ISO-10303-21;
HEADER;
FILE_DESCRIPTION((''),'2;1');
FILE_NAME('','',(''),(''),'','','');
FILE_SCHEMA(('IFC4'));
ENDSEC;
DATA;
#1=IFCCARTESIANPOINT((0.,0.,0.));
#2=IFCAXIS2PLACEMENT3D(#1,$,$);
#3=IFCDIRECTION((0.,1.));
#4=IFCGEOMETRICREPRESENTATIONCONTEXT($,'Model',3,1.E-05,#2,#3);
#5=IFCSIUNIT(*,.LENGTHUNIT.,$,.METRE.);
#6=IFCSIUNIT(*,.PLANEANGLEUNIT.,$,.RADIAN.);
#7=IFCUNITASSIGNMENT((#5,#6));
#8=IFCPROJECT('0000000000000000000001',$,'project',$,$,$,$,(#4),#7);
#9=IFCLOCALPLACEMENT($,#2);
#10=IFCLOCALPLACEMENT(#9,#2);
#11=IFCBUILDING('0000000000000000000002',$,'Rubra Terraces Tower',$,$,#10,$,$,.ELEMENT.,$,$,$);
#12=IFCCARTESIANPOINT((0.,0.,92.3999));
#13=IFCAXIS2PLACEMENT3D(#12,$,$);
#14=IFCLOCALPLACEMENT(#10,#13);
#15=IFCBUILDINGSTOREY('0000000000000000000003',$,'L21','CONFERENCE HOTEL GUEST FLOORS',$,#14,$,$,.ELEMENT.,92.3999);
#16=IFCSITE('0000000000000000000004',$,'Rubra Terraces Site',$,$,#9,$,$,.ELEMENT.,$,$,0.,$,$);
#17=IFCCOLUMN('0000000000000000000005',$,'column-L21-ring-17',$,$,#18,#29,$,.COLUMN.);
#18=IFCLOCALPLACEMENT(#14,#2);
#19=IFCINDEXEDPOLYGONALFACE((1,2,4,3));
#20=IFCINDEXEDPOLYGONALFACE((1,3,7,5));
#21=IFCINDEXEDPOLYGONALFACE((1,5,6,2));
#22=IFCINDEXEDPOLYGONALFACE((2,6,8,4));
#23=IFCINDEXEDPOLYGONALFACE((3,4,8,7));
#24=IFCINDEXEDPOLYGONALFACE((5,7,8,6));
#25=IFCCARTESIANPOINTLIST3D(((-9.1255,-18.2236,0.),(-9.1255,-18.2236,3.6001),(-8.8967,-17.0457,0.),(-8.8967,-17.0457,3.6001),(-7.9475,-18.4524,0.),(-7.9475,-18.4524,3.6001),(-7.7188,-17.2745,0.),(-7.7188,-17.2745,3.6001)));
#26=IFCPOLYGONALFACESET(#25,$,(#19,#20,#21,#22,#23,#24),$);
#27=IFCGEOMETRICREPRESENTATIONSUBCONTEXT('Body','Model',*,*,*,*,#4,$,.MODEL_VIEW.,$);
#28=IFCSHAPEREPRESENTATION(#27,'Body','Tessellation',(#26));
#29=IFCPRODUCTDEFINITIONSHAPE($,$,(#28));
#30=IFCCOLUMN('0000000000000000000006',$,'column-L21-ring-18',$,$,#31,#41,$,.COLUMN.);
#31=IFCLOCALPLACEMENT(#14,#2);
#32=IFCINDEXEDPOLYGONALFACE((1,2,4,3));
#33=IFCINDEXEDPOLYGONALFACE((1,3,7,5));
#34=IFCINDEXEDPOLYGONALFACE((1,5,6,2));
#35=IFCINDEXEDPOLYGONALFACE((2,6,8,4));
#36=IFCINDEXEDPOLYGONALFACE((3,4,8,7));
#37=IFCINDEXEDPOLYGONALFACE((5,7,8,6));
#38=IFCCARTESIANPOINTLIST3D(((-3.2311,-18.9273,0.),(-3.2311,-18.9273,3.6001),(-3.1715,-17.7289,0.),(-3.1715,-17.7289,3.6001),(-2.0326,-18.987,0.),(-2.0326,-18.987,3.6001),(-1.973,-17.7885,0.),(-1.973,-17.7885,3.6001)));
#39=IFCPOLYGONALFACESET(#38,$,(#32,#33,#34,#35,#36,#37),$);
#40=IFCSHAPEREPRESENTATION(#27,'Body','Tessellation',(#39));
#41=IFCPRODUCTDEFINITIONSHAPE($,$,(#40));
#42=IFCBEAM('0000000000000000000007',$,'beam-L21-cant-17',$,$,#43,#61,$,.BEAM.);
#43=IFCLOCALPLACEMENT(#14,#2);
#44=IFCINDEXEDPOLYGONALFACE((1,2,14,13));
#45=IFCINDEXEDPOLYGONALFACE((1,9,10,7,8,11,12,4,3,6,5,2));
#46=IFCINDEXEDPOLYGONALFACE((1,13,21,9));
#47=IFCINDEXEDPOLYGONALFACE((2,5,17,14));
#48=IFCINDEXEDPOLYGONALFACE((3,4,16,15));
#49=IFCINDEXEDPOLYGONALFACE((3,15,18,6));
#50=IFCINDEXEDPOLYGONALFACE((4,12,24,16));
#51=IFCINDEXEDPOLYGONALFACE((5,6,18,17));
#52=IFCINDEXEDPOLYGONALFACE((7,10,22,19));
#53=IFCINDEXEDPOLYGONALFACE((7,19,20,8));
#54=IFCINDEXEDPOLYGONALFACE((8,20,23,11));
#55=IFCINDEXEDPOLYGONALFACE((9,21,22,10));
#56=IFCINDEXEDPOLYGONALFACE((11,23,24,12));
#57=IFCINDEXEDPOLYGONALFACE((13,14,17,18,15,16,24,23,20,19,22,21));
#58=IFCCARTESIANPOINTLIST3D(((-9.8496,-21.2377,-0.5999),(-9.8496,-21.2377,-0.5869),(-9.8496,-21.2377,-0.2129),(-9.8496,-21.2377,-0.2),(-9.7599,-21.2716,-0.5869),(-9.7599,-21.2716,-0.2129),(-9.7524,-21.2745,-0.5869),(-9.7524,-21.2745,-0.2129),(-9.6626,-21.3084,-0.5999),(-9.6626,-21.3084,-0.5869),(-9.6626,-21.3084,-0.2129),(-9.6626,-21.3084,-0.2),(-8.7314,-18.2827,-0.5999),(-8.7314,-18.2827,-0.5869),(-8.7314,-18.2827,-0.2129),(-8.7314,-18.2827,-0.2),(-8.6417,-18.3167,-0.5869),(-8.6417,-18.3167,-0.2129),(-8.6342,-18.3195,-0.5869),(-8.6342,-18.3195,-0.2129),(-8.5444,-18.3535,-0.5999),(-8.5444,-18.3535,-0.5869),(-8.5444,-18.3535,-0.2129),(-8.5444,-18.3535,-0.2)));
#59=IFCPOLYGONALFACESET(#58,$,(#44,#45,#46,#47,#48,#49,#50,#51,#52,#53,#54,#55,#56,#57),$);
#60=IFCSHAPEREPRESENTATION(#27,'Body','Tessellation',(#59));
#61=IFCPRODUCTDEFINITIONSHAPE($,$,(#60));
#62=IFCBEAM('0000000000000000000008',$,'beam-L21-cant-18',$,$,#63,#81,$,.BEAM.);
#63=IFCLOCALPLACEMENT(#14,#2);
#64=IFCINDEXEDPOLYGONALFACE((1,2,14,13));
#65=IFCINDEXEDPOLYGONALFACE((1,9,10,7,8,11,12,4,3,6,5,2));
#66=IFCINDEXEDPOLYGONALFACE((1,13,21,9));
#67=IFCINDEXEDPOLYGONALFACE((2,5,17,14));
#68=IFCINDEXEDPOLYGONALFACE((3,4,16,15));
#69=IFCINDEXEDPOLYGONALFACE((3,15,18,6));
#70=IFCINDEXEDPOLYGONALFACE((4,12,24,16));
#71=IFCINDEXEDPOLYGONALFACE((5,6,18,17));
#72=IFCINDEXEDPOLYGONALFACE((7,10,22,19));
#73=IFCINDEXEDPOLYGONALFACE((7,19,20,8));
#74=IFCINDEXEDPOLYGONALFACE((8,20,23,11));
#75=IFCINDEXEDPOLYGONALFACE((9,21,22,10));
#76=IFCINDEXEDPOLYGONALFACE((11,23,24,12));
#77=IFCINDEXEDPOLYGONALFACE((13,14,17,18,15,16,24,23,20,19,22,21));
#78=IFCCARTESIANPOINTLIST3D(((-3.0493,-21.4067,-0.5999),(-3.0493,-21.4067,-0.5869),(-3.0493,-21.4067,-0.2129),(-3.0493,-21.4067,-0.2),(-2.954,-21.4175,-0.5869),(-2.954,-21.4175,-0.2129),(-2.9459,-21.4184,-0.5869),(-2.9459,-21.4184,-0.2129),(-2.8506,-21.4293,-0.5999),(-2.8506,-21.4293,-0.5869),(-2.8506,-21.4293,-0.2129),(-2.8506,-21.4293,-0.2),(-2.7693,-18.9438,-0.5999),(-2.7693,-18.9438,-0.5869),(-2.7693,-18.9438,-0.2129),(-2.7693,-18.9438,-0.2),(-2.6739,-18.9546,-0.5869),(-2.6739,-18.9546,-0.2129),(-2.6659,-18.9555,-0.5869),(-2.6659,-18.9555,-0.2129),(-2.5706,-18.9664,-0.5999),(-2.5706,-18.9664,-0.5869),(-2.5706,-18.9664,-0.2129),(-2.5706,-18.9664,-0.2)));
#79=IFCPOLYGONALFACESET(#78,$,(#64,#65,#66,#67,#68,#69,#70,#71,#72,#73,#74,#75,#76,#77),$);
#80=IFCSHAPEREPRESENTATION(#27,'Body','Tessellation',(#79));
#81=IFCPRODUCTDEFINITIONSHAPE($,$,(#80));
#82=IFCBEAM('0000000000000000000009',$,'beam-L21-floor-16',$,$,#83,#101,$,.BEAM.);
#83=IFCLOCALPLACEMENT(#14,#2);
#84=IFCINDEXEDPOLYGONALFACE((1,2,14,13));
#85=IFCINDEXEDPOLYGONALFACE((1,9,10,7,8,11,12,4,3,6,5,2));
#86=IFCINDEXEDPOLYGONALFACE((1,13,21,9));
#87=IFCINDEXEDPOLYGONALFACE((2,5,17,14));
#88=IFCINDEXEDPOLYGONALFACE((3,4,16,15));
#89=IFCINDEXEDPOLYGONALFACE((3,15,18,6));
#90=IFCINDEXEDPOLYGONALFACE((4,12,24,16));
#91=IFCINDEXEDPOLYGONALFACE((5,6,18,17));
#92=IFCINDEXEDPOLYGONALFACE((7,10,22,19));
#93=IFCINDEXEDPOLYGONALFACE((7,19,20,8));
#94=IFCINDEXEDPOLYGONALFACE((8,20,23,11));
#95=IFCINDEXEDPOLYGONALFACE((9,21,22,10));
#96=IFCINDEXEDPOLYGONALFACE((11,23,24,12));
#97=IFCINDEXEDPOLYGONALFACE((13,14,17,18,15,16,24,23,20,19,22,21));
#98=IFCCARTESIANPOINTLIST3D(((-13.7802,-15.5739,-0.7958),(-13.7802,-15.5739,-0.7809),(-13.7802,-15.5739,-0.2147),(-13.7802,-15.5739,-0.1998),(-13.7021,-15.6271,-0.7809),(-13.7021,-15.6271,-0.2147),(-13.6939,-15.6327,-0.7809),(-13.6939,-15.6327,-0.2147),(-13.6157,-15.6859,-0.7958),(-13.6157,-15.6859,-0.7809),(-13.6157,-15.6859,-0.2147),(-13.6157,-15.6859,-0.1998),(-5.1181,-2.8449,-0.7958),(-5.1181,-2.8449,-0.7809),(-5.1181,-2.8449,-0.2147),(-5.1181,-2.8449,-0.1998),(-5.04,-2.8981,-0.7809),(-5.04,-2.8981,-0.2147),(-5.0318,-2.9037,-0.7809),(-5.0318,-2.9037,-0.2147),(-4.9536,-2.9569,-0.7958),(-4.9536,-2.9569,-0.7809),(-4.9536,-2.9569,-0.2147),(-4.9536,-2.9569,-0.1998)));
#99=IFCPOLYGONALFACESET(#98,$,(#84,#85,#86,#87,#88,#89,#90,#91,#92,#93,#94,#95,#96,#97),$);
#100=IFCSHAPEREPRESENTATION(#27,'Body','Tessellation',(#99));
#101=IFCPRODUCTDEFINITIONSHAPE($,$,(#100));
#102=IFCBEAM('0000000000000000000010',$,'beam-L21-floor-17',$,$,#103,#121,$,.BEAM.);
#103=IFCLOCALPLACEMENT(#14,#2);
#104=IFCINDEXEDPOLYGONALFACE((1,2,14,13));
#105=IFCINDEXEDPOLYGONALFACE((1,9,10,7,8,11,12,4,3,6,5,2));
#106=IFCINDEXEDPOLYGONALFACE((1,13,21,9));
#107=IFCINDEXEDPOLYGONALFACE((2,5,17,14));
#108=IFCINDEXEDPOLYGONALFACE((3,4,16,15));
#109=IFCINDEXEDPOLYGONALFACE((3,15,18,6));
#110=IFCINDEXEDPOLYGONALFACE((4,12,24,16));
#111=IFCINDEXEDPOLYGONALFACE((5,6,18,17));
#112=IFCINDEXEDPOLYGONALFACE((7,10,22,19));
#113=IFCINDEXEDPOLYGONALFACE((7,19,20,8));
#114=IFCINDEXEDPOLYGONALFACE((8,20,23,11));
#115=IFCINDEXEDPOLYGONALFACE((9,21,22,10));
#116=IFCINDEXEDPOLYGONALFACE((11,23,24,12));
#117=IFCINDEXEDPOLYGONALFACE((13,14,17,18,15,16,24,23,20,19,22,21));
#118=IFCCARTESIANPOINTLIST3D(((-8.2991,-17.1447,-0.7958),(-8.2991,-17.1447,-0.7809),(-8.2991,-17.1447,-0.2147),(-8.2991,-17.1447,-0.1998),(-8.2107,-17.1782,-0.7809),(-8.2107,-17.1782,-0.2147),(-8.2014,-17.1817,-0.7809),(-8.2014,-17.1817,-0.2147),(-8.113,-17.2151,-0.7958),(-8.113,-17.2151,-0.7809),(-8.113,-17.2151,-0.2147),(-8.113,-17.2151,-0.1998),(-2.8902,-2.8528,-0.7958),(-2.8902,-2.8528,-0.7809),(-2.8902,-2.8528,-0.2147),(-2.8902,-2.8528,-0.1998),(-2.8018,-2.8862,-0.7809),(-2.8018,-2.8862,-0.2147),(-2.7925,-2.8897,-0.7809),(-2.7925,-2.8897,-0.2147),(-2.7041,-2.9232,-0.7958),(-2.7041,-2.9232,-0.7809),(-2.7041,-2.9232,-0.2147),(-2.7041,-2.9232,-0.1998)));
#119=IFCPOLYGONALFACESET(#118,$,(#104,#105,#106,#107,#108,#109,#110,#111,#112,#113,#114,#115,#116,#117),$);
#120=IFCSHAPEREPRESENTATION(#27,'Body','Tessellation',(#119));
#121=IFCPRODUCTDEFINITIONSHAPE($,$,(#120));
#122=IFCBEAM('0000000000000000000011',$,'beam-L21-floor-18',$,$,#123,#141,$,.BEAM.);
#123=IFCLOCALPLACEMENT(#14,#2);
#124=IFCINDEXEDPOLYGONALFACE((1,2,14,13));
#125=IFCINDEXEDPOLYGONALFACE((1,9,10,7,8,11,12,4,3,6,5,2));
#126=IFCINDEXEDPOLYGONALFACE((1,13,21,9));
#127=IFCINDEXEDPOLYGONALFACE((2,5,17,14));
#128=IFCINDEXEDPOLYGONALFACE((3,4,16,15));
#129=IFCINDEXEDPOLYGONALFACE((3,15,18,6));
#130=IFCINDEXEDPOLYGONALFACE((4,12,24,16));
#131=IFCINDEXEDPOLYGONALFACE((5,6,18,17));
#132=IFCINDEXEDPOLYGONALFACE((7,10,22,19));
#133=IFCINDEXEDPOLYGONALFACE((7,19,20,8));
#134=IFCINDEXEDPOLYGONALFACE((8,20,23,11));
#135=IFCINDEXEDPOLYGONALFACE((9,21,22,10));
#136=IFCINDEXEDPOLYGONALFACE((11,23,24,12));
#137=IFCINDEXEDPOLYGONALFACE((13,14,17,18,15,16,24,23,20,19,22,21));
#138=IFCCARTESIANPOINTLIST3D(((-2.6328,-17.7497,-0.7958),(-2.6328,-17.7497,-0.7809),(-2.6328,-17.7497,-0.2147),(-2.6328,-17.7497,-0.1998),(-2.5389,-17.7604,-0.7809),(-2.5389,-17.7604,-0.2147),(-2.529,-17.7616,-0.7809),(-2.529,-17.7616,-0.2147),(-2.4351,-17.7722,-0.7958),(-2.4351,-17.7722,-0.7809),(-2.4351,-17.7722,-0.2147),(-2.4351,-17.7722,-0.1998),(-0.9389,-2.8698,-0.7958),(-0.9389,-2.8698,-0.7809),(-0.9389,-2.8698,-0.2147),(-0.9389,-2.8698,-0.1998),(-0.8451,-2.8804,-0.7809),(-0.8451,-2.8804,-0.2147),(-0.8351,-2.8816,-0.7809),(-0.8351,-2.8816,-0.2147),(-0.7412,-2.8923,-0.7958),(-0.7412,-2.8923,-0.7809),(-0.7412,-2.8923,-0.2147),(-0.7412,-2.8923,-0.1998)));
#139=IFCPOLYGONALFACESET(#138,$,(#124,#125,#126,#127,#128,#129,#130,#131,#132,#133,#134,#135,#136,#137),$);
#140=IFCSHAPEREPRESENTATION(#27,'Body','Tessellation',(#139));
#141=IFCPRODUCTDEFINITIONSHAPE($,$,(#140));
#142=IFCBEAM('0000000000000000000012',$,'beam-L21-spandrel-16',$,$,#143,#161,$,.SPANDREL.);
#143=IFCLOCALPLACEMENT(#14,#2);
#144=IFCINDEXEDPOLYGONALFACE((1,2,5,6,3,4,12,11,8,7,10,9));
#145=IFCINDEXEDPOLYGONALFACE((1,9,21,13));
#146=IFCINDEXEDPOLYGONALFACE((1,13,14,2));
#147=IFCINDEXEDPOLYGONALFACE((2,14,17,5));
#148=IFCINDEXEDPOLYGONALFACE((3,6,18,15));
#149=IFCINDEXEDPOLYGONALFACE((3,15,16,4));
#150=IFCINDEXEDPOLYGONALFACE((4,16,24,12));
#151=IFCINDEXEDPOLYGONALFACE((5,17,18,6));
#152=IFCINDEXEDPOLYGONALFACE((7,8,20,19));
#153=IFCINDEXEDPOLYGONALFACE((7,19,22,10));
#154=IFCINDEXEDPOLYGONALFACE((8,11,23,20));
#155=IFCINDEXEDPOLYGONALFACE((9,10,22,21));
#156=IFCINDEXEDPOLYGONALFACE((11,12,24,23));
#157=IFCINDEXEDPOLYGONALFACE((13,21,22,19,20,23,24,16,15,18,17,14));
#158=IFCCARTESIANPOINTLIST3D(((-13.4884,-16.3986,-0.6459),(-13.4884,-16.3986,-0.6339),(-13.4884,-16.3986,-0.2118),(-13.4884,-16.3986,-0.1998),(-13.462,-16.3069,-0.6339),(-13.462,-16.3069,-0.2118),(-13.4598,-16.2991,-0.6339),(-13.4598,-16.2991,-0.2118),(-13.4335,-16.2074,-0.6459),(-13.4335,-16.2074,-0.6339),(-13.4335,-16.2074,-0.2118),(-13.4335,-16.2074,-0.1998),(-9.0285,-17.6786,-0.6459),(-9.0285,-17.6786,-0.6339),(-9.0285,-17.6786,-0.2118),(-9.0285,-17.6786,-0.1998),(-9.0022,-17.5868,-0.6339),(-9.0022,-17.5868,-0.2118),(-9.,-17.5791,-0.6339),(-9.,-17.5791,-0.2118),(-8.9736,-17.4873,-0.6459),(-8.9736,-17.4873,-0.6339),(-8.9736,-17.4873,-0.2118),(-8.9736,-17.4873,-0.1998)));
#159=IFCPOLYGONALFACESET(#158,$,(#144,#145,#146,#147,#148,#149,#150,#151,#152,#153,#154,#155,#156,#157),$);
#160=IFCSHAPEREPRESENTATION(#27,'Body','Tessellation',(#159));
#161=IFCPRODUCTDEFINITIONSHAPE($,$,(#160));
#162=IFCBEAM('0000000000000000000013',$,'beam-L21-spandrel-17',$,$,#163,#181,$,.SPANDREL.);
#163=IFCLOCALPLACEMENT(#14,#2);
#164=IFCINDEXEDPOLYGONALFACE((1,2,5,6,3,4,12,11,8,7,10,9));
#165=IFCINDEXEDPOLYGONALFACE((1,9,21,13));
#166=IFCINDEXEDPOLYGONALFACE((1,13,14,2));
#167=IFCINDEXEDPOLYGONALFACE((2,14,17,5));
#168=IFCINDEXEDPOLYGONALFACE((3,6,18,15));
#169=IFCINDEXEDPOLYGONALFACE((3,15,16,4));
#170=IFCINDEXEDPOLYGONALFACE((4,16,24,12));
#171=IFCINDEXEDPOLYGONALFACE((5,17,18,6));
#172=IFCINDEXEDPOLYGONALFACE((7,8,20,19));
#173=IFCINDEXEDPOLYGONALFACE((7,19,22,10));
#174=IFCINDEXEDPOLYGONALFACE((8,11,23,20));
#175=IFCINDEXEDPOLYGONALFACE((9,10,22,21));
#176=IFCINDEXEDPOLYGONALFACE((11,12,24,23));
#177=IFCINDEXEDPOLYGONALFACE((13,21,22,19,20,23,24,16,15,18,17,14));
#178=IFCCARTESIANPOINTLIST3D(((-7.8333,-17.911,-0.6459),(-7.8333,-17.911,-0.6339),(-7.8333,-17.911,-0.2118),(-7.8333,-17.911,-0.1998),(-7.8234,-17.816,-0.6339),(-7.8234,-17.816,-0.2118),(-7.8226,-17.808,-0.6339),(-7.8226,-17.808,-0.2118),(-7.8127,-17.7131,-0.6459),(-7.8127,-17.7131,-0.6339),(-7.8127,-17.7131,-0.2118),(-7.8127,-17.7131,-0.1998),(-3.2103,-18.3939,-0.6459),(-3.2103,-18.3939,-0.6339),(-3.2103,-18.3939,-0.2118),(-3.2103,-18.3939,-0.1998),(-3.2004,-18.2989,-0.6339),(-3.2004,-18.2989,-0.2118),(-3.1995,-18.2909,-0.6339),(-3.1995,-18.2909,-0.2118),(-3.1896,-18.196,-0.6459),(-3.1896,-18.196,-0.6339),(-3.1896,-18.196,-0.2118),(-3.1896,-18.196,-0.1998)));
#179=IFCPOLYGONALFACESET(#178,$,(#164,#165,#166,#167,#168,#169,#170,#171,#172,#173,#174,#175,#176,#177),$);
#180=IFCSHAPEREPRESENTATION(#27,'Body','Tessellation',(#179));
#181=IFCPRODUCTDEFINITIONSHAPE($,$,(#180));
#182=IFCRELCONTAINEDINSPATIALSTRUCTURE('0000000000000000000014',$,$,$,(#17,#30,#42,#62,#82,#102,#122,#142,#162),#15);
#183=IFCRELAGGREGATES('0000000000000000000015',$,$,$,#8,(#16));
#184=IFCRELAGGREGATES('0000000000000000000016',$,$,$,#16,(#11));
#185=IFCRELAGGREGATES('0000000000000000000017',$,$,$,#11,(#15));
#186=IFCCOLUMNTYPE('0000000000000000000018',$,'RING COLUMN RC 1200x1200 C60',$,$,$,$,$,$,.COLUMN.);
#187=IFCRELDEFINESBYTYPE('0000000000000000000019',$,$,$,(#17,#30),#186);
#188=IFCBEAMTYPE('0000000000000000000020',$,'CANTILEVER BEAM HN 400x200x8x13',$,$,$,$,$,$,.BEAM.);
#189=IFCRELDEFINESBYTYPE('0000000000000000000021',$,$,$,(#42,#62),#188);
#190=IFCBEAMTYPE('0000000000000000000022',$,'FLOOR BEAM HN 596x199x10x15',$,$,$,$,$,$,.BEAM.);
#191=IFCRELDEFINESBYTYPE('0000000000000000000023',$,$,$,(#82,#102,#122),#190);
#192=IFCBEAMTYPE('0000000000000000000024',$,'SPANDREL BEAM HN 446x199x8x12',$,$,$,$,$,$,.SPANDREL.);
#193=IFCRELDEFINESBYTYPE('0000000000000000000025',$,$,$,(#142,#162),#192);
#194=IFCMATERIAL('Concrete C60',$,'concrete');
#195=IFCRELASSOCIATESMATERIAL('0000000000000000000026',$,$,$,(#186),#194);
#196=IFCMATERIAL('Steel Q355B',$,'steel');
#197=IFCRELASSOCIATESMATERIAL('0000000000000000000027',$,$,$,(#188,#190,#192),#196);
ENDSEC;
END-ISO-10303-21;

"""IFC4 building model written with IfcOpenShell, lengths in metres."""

from ifc_helpers import new_model, si_unit, direction, frame, origin, origin_2d, place, context, subcontext, project, spatial, rectangle, i_section, extrude, material, material_profile, profile_set, type_object, element, save


model = new_model("IFC4")

# Units and contexts
model_context = context("Model", 3, precision=1e-05, world=origin(), true_north=direction((0.0, 1.0)))
body_context = subcontext(model_context, "Body", "Model", "MODEL_VIEW")
ifc_project = project(units=[si_unit("LENGTHUNIT", "METRE"), si_unit("PLANEANGLEUNIT", "RADIAN")], contexts=[model_context])

# Site, building, storey
site_placement = place(None, origin())
site = spatial("IfcSite", under=ifc_project, at=site_placement, Name="Rubra Terraces Site", CompositionType="ELEMENT", RefElevation=0.0)
building_placement = place(site_placement, origin())
building = spatial("IfcBuilding", under=site, at=building_placement, Name="Rubra Terraces Tower", CompositionType="ELEMENT")
storey_placement = place(building_placement, frame((0.0, 0.0, 92.3999)))
storey = spatial("IfcBuildingStorey", under=building, at=storey_placement, Name="L21", Description="CONFERENCE HOTEL GUEST FLOORS", CompositionType="ELEMENT", Elevation=92.3999)

# Columns
ifc_material_1 = material(Name="Concrete C60", Category="concrete")
ifc_material_profile_1 = material_profile(ifc_material_1, rectangle(XDim=1.2, YDim=1.2, at=origin_2d()), Name="RC 1200x1200")
ifc_profile_set_1 = profile_set([ifc_material_profile_1], Name="Concrete C60")
column_type = type_object("IfcColumnType", Name="RING COLUMN RC 1200x1200 C60", PredefinedType="COLUMN", material=ifc_profile_set_1)
for number, where, z_axis, x_axis, name in (
    (1, (-8.4221, -17.749, 0.0), (0.0, 0.0, 1.0), (0.981655, -0.190668, 0.0), "column-L21-ring-17"),
    (2, (-2.6021, -18.3579, 0.0), (0.0, 0.0, 1.0), (0.998764, -0.049699, 0.0), "column-L21-ring-18"),
):
    element("IfcColumn", number, at=place(storey_placement, frame(where, z_axis=z_axis, x_axis=x_axis)), inside=storey, type_object=column_type, Name=name, PredefinedType="COLUMN", context=body_context, shape_type="SweptSolid", body=[
        extrude(rectangle(XDim=1.2, YDim=1.2, at=origin_2d()), origin(), (0.0, 0.0, 1.0), 3.6001),
    ])

# Beams
ifc_material_2 = material(Name="Steel Q355B", Category="steel")
ifc_material_profile_2 = material_profile(ifc_material_2, i_section(OverallWidth=0.2, OverallDepth=0.3999, WebThickness=0.0081, FlangeThickness=0.0129, at=origin_2d()), Name="HN 400x200x8x13")
ifc_profile_set_2 = profile_set([ifc_material_profile_2], Name="Steel Q355B")
beam_type_1 = type_object("IfcBeamType", Name="CANTILEVER BEAM HN 400x200x8x13", PredefinedType="BEAM", material=ifc_profile_set_2)
beam_1_placement = place(storey_placement, frame((-8.6379, -18.3181, -0.3999), z_axis=(-0.353925, -0.935274, 0.0), x_axis=(0.935274, -0.353925, 0.0)))
element("IfcBeam", 3, at=beam_1_placement, inside=storey, type_object=beam_type_1, Name="beam-L21-cant-17", PredefinedType="BEAM", context=body_context, shape_type="SweptSolid", body=[
    extrude(i_section(OverallWidth=0.2, OverallDepth=0.3999, WebThickness=0.0081, FlangeThickness=0.0129, at=origin_2d()), origin(), (0.0, 0.0, 1.0), 3.1594),
])
beam_2_placement = place(storey_placement, frame((-2.6699, -18.9551, -0.3999), z_axis=(-0.112972, -0.993598, 0.0), x_axis=(0.993598, -0.112972, 0.0)))
element("IfcBeam", 4, at=beam_2_placement, inside=storey, type_object=beam_type_1, Name="beam-L21-cant-18", PredefinedType="BEAM", context=body_context, shape_type="SweptSolid", body=[
    extrude(i_section(OverallWidth=0.2, OverallDepth=0.3999, WebThickness=0.0081, FlangeThickness=0.0129, at=origin_2d()), origin(), (0.0, 0.0, 1.0), 2.4788),
])
ifc_material_profile_3 = material_profile(ifc_material_2, i_section(OverallWidth=0.199, OverallDepth=0.5959, WebThickness=0.01, FlangeThickness=0.0149, at=origin_2d()), Name="HN 596x199x10x15")
ifc_profile_set_3 = profile_set([ifc_material_profile_3], Name="Steel Q355B")
beam_type_2 = type_object("IfcBeamType", Name="FLOOR BEAM HN 596x199x10x15", PredefinedType="BEAM", material=ifc_profile_set_3)
beam_3_placement = place(storey_placement, frame((-13.698, -15.6299, -0.4978), z_axis=(0.562594, 0.826734, 0.0), x_axis=(-0.826734, 0.562594, 0.0)))
element("IfcBeam", 5, at=beam_3_placement, inside=storey, type_object=beam_type_2, Name="beam-L21-floor-16", PredefinedType="BEAM", context=body_context, shape_type="SweptSolid", body=[
    extrude(i_section(OverallWidth=0.199, OverallDepth=0.5959, WebThickness=0.01, FlangeThickness=0.0149, at=origin_2d()), origin(), (0.0, 0.0, 1.0), 15.3967),
])
beam_4_placement = place(storey_placement, frame((-8.2061, -17.1799, -0.4978), z_axis=(0.353958, 0.935261, 0.0), x_axis=(-0.935261, 0.353958, 0.0)))
element("IfcBeam", 6, at=beam_4_placement, inside=storey, type_object=beam_type_2, Name="beam-L21-floor-17", PredefinedType="BEAM", context=body_context, shape_type="SweptSolid", body=[
    extrude(i_section(OverallWidth=0.199, OverallDepth=0.5959, WebThickness=0.01, FlangeThickness=0.0149, at=origin_2d()), origin(), (0.0, 0.0, 1.0), 15.2812),
])
beam_5_placement = place(storey_placement, frame((-2.5339, -17.761, -0.4978), z_axis=(0.113104, 0.993583, 0.0), x_axis=(-0.993583, 0.113104, 0.0)))
element("IfcBeam", 7, at=beam_5_placement, inside=storey, type_object=beam_type_2, Name="beam-L21-floor-18", PredefinedType="BEAM", context=body_context, shape_type="SweptSolid", body=[
    extrude(i_section(OverallWidth=0.199, OverallDepth=0.5959, WebThickness=0.01, FlangeThickness=0.0149, at=origin_2d()), origin(), (0.0, 0.0, 1.0), 14.9761),
])
ifc_material_profile_4 = material_profile(ifc_material_2, i_section(OverallWidth=0.199, OverallDepth=0.446, WebThickness=0.0081, FlangeThickness=0.012, at=origin_2d()), Name="HN 446x199x8x12")
ifc_profile_set_4 = profile_set([ifc_material_profile_4], Name="Steel Q355B")
beam_type_3 = type_object("IfcBeamType", Name="SPANDREL BEAM HN 446x199x8x12", PredefinedType="SPANDREL", material=ifc_profile_set_4)
beam_6_placement = place(storey_placement, frame((-13.4609, -16.303, -0.4229), z_axis=(0.961196, -0.275868, 0.0), x_axis=(0.275868, 0.961196, 0.0)))
element("IfcBeam", 8, at=beam_6_placement, inside=storey, type_object=beam_type_3, Name="beam-L21-spandrel-16", PredefinedType="SPANDREL", context=body_context, shape_type="SweptSolid", body=[
    extrude(i_section(OverallWidth=0.199, OverallDepth=0.446, WebThickness=0.0081, FlangeThickness=0.012, at=origin_2d()), origin(), (0.0, 0.0, 1.0), 4.6399),
])
beam_7_placement = place(storey_placement, frame((-7.823, -17.812, -0.4229), z_axis=(0.994589, -0.103892, 0.0), x_axis=(0.103892, 0.994589, 0.0)))
element("IfcBeam", 9, at=beam_7_placement, inside=storey, type_object=beam_type_3, Name="beam-L21-spandrel-17", PredefinedType="SPANDREL", context=body_context, shape_type="SweptSolid", body=[
    extrude(i_section(OverallWidth=0.199, OverallDepth=0.446, WebThickness=0.0081, FlangeThickness=0.012, at=origin_2d()), origin(), (0.0, 0.0, 1.0), 4.6482),
])

save(model, "model.ifc")
